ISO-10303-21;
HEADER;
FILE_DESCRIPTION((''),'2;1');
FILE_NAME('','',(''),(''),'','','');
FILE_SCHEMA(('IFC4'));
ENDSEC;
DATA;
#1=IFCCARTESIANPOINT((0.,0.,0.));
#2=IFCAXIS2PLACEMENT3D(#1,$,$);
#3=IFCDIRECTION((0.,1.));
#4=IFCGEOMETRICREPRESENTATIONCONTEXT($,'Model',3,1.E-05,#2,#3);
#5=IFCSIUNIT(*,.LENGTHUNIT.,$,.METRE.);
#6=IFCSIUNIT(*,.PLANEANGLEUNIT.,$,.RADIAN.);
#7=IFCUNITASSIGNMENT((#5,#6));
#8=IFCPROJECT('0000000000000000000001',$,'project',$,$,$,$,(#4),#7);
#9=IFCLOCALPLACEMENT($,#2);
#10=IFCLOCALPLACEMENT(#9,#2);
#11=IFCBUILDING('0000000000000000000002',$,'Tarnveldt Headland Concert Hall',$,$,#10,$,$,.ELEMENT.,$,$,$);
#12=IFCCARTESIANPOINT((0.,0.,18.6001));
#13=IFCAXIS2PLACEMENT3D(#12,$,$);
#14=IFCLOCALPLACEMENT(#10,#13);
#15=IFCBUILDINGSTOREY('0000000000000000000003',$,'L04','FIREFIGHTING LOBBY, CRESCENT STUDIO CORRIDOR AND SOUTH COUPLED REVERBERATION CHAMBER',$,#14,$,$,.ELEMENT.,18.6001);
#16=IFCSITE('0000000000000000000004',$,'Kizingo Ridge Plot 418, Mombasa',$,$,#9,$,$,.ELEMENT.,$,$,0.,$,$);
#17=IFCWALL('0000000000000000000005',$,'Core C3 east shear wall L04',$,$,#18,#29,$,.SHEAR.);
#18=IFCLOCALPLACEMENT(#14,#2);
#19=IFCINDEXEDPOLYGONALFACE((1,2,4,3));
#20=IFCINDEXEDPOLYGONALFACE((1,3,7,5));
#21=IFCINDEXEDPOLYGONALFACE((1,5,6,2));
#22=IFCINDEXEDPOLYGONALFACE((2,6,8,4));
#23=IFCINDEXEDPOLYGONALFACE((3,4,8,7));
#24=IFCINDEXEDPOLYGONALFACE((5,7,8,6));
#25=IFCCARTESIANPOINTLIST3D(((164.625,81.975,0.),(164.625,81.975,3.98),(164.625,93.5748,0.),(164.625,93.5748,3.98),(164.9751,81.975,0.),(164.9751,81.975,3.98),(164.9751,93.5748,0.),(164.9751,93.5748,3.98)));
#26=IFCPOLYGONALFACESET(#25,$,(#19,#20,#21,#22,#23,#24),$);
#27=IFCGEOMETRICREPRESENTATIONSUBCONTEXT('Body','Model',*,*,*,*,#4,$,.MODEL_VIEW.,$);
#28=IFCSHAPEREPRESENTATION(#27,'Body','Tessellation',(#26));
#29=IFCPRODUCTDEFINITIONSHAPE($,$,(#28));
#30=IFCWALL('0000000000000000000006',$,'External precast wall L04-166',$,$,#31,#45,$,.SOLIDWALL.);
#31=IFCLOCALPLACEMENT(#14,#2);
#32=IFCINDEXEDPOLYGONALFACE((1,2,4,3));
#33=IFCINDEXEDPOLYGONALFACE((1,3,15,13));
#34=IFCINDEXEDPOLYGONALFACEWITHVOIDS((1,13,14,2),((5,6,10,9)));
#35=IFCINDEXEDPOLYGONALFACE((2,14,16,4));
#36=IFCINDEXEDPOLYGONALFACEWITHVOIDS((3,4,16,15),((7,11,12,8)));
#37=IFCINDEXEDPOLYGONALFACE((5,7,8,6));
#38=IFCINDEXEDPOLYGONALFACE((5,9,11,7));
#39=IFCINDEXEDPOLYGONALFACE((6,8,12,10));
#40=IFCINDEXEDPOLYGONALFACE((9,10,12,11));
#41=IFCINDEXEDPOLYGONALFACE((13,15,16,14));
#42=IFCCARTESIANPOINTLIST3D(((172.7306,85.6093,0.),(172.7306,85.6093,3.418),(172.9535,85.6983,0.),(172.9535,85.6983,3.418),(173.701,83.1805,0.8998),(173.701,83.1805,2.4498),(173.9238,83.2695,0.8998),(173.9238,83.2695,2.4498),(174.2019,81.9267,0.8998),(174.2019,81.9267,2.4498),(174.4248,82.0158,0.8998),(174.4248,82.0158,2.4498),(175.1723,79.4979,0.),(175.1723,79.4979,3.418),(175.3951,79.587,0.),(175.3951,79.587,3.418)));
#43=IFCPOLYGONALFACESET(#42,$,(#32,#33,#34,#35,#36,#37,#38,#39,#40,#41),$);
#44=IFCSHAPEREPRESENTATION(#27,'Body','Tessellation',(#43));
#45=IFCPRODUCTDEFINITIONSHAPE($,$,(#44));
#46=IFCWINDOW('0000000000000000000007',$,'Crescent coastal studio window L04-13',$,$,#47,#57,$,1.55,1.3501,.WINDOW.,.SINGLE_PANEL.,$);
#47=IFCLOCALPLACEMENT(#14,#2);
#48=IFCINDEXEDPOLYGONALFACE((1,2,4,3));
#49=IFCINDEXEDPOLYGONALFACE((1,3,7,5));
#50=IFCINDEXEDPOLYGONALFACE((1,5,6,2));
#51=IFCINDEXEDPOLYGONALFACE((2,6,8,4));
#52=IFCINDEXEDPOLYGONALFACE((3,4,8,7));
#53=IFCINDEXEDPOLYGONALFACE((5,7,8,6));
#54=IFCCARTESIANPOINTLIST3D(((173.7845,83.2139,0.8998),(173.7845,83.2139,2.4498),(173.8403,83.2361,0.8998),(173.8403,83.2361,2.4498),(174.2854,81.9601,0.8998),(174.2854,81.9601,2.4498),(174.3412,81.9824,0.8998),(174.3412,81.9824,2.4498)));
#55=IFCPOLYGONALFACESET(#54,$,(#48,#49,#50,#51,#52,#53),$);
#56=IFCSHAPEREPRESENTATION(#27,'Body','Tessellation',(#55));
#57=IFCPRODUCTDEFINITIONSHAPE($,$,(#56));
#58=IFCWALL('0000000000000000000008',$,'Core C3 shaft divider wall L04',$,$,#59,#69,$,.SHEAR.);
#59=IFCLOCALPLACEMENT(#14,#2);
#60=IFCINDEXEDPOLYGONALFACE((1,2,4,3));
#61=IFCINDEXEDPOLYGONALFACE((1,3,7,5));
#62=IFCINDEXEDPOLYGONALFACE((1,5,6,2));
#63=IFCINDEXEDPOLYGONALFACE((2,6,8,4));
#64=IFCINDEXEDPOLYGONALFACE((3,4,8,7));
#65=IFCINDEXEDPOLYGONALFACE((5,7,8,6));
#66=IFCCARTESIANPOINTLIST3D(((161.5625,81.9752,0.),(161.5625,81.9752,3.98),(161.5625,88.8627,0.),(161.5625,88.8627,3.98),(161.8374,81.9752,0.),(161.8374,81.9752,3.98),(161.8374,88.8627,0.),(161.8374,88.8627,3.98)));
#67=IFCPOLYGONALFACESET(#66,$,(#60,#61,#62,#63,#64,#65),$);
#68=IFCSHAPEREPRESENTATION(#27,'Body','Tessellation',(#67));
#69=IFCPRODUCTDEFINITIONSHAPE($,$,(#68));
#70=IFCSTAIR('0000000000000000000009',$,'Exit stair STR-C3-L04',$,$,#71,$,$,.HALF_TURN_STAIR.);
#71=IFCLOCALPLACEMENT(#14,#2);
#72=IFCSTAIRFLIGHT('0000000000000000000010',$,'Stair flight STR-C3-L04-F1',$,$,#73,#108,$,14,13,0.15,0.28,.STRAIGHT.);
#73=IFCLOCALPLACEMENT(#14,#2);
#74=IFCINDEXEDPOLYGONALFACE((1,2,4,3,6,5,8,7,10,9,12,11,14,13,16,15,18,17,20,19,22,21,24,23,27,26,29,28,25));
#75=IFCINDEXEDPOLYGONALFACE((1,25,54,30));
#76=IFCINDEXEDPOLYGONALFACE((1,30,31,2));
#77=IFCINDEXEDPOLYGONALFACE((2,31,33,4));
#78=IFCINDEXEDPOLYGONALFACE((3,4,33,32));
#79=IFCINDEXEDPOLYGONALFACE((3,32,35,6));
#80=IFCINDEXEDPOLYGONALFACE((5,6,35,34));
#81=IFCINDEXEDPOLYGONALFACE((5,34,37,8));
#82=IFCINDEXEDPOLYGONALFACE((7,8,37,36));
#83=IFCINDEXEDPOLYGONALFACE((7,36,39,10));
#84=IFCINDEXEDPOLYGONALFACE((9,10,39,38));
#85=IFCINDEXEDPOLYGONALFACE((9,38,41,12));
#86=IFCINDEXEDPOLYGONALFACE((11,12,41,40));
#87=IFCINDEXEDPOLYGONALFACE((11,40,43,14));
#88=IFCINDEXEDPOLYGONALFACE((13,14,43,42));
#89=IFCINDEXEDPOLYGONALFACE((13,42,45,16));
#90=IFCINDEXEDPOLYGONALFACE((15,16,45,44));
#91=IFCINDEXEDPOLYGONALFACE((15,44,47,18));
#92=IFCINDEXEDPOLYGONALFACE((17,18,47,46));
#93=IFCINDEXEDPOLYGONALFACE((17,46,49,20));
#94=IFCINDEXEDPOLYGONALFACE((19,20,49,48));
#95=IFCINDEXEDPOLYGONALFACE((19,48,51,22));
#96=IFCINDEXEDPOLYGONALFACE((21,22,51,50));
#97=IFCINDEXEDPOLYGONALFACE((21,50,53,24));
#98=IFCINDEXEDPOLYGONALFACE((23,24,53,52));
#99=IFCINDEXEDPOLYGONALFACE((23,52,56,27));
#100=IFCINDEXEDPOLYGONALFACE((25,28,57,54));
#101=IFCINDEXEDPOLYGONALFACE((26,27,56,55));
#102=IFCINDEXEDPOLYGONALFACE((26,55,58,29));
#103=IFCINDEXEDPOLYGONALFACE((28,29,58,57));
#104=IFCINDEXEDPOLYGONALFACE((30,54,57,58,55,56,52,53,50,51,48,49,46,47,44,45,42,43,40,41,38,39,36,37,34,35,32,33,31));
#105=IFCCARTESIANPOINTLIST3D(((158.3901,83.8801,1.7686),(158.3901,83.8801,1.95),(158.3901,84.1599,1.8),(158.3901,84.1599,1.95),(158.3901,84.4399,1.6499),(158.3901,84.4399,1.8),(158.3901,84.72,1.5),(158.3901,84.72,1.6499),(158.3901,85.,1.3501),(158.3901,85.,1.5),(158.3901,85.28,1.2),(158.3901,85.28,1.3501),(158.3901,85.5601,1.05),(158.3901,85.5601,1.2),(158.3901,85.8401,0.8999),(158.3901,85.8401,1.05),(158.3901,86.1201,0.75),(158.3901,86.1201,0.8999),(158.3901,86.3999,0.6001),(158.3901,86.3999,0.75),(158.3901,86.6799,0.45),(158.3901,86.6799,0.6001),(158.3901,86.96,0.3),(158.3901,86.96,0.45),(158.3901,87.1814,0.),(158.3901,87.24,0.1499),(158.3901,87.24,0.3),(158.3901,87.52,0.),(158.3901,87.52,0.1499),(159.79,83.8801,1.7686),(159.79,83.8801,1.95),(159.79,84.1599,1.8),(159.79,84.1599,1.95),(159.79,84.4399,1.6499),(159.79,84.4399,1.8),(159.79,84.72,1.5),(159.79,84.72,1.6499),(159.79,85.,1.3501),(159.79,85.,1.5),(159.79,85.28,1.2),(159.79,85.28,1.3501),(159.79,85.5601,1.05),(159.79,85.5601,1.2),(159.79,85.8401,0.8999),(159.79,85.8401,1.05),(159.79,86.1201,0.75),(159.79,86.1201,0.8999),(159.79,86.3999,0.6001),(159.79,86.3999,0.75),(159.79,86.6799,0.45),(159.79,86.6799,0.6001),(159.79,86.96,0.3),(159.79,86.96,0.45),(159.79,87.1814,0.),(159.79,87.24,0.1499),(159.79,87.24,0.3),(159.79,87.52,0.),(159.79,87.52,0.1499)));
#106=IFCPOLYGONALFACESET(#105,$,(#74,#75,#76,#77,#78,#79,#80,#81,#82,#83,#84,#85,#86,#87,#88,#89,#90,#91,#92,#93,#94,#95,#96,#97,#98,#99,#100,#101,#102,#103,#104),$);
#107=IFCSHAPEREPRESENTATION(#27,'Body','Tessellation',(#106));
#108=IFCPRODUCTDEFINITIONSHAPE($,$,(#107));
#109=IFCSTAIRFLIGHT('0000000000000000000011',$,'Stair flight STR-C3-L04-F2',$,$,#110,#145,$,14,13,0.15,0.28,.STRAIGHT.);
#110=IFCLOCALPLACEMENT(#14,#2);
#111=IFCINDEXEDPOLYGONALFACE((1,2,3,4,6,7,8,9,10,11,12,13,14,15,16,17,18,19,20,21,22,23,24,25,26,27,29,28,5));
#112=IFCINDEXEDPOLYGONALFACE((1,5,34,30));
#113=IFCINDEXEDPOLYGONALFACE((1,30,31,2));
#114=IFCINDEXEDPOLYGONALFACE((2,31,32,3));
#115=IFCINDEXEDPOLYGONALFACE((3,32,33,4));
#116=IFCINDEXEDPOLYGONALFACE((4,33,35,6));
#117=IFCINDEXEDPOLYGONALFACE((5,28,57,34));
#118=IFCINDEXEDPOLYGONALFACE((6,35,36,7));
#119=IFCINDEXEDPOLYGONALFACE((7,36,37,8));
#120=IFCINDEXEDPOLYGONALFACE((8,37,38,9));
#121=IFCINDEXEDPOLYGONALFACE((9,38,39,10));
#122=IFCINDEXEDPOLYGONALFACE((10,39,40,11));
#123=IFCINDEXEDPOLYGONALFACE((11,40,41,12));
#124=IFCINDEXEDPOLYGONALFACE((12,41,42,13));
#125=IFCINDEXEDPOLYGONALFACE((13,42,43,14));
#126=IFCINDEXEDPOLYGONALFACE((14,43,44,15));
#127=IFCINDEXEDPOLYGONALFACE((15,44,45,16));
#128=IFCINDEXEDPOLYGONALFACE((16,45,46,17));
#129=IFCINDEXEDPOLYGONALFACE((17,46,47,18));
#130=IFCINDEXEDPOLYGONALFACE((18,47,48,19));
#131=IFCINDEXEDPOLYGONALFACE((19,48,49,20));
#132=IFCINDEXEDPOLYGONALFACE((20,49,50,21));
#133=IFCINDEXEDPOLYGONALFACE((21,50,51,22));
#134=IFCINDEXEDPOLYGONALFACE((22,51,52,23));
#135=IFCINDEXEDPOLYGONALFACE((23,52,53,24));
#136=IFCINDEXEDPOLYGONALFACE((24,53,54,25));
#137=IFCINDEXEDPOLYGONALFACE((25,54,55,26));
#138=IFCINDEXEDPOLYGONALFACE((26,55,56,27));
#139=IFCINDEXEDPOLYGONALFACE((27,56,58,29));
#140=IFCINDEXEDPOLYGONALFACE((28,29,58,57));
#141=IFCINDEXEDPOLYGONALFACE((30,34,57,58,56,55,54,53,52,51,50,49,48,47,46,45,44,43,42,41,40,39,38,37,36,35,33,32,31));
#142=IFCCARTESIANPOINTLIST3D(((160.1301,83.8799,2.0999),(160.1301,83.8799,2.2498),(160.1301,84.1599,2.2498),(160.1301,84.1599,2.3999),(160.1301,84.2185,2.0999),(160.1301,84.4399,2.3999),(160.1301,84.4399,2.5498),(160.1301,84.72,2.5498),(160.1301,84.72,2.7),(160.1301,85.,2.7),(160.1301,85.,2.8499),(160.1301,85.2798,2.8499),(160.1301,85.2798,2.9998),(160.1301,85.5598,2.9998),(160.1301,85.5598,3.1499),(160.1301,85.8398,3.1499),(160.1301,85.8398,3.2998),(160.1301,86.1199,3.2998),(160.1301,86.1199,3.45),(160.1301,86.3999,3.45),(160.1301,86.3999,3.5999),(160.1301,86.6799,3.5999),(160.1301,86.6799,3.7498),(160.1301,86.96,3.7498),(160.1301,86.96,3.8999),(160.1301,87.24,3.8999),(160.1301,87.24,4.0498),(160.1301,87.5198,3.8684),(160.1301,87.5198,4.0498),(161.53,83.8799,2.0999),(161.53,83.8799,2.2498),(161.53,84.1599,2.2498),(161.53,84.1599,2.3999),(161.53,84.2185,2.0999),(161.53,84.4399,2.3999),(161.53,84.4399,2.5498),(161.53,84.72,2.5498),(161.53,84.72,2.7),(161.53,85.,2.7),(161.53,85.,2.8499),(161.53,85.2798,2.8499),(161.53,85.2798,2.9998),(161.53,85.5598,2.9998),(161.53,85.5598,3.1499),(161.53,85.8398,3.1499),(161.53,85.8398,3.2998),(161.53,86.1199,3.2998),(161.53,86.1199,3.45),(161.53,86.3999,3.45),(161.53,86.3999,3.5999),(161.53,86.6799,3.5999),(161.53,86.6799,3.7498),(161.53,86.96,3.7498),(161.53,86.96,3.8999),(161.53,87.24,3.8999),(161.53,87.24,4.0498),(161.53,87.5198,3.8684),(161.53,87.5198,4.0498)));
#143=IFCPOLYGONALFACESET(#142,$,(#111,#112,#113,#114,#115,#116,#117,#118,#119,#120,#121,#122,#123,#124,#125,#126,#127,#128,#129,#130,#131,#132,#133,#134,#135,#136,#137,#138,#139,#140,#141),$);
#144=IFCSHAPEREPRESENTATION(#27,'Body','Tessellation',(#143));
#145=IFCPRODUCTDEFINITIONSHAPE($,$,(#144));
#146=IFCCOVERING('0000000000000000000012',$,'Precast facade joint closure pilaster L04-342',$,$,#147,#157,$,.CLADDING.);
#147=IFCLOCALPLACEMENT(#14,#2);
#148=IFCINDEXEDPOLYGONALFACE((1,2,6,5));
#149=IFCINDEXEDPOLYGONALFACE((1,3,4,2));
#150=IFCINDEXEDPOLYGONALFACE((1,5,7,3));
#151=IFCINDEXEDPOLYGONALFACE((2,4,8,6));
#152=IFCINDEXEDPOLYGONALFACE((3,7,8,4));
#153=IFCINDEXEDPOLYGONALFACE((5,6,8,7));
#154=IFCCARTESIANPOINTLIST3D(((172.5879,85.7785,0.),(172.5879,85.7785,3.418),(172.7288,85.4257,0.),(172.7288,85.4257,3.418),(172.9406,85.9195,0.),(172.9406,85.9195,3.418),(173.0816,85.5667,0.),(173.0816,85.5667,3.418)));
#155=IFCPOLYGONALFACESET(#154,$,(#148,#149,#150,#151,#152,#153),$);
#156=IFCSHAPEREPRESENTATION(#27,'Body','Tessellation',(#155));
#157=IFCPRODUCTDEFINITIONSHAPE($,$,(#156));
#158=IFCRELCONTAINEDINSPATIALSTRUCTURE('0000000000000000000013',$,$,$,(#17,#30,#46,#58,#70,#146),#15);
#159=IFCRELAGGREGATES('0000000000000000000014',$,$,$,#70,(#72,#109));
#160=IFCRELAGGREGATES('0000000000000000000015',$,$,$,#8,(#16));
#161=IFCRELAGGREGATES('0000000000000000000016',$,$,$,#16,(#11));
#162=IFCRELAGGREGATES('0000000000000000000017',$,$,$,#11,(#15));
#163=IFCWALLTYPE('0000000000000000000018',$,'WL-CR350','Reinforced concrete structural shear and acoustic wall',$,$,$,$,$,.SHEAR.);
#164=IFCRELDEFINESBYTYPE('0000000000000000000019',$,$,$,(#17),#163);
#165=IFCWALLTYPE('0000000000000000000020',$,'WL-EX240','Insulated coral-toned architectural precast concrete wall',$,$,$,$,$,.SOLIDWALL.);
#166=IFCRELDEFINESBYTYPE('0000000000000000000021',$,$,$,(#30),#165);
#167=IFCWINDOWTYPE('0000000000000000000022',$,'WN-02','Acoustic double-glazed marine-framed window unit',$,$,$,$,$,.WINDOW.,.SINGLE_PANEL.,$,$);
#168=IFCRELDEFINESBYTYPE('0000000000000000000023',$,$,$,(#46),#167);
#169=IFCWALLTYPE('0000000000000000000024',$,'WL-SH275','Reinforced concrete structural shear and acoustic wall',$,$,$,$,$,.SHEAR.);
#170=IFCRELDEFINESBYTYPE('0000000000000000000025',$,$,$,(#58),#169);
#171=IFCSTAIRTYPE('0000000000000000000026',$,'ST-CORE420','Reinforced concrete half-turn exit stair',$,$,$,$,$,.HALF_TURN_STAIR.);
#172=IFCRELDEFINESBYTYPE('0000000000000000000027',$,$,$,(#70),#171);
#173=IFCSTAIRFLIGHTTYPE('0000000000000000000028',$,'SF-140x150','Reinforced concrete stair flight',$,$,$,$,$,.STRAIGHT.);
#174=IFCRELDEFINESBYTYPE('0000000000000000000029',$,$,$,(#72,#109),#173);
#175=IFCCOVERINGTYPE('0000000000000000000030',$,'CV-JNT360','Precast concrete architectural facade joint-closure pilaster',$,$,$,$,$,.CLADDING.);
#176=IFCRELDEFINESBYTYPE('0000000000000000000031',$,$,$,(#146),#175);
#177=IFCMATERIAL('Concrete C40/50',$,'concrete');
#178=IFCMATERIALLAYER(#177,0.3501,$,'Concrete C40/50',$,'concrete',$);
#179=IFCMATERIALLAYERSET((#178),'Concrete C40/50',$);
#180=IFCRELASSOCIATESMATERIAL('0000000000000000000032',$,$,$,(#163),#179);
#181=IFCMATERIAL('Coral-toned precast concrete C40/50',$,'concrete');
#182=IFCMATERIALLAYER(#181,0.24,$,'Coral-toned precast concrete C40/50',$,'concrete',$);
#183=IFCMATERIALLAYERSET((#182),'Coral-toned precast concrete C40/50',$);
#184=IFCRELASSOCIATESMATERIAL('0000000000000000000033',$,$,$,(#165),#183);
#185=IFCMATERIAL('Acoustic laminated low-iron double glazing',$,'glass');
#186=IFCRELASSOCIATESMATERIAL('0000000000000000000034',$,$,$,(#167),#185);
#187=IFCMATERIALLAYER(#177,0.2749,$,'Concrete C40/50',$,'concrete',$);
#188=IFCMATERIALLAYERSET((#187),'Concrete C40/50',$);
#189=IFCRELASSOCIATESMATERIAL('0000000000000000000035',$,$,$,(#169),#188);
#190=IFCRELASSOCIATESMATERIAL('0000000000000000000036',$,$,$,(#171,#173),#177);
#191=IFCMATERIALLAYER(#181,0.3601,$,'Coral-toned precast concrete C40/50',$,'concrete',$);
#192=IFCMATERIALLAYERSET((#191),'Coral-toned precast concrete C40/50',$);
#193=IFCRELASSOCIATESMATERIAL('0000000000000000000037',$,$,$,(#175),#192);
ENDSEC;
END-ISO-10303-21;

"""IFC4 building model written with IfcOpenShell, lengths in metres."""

from ifc_helpers import new_model, si_unit, direction, frame, frame_2d, origin, origin_2d, place, context, subcontext, project, spatial, polyline, rectangle, outline, extrude, material, layer, layer_set, type_object, element, fill, aggregate, save


model = new_model("IFC4")

# Units and contexts
model_context = context("Model", 3, precision=1e-05, world=origin(), true_north=direction((0.0, 1.0)))
body_context = subcontext(model_context, "Body", "Model", "MODEL_VIEW")
ifc_project = project(units=[si_unit("LENGTHUNIT", "METRE"), si_unit("PLANEANGLEUNIT", "RADIAN")], contexts=[model_context])

# Site, building, storey
site_placement = place(None, origin())
site = spatial("IfcSite", under=ifc_project, at=site_placement, Name="Kizingo Ridge Plot 418, Mombasa", CompositionType="ELEMENT", RefElevation=0.0)
building_placement = place(site_placement, origin())
building = spatial("IfcBuilding", under=site, at=building_placement, Name="Tarnveldt Headland Concert Hall", CompositionType="ELEMENT")
storey_placement = place(building_placement, frame((0.0, 0.0, 18.6001)))
storey = spatial("IfcBuildingStorey", under=building, at=storey_placement, Name="L04", Description="FIREFIGHTING LOBBY, CRESCENT STUDIO CORRIDOR AND SOUTH COUPLED REVERBERATION CHAMBER", CompositionType="ELEMENT", Elevation=18.6001)

# Wall
ifc_material_1 = material(Name="Concrete C40/50", Category="concrete")
ifc_layer_1 = layer(ifc_material_1, 0.3501, Name="Concrete C40/50", Category="concrete")
ifc_layer_set_1 = layer_set([ifc_layer_1], Name="Concrete C40/50")
wall_type_1 = type_object("IfcWallType", Name="WL-CR350", Description="Reinforced concrete structural shear and acoustic wall", PredefinedType="SHEAR", material=ifc_layer_set_1)
wall_1_placement = place(storey_placement, frame((164.8, 81.9751, 0.0), z_axis=(0.0, 0.0, 1.0), x_axis=(0.0, 1.0, 0.0)))
element("IfcWall", 1, at=wall_1_placement, inside=storey, type_object=wall_type_1, Name="Core C3 east shear wall L04", PredefinedType="SHEAR", context=body_context, shape_type="SweptSolid", body=[
    extrude(rectangle(XDim=11.5999, YDim=0.3501, at=frame_2d((5.7998, 0.0))), origin(), (0.0, 0.0, 1.0), 3.98),
])

# Wall, opening, window
ifc_material_2 = material(Name="Coral-toned precast concrete C40/50", Category="concrete")
ifc_layer_2 = layer(ifc_material_2, 0.24, Name="Coral-toned precast concrete C40/50", Category="concrete")
ifc_layer_set_2 = layer_set([ifc_layer_2], Name="Coral-toned precast concrete C40/50")
wall_type_2 = type_object("IfcWallType", Name="WL-EX240", Description="Insulated coral-toned architectural precast concrete wall", PredefinedType="SOLIDWALL", material=ifc_layer_set_2)
wall_2_placement = place(storey_placement, frame((172.842, 85.6538, 0.0), z_axis=(0.0, 0.0, 1.0), x_axis=(0.371013, -0.928628, 0.0)))
wall_2 = element("IfcWall", 2, at=wall_2_placement, inside=storey, type_object=wall_type_2, Name="External precast wall L04-166", PredefinedType="SOLIDWALL", context=body_context, shape_type="SweptSolid", body=[
    extrude(rectangle(XDim=6.5811, YDim=0.24, at=frame_2d((3.2905, 0.0))), origin(), (0.0, 0.0, 1.0), 3.418),
])
opening_1_placement = place(wall_2_placement, frame((2.6155, 0.0, 0.8999)))
opening_1 = element("IfcOpeningElement", 3, at=opening_1_placement, cuts=wall_2, PredefinedType="OPENING", context=body_context, shape_type="SweptSolid", body=[
    extrude(rectangle(XDim=1.3501, YDim=1.55, at=frame_2d((0.675, 0.7749))), frame((0.0, 0.1299, 0.0), z_axis=(0.0, -1.0, 0.0), x_axis=(1.0, 0.0, 0.0)), (0.0, 0.0, 1.0), 0.26),
])
ifc_material_3 = material(Name="Acoustic laminated low-iron double glazing", Category="glass")
window_type = type_object("IfcWindowType", Name="WN-02", Description="Acoustic double-glazed marine-framed window unit", PartitioningType="SINGLE_PANEL", PredefinedType="WINDOW", material=ifc_material_3)
window_placement = place(opening_1_placement, origin())
window = element("IfcWindow", 4, at=window_placement, inside=storey, type_object=window_type, Name="Crescent coastal studio window L04-13", OverallHeight=1.55, OverallWidth=1.3501, PartitioningType="SINGLE_PANEL", PredefinedType="WINDOW", context=body_context, shape_type="SweptSolid", body=[
    extrude(rectangle(XDim=1.3501, YDim=1.55, at=frame_2d((0.675, 0.7749))), frame((0.0, 0.03, 0.0), z_axis=(0.0, -1.0, 0.0), x_axis=(1.0, 0.0, 0.0)), (0.0, 0.0, 1.0), 0.0601),
])
fill(opening_1, window)

# Wall
ifc_layer_3 = layer(ifc_material_1, 0.2749, Name="Concrete C40/50", Category="concrete")
ifc_layer_set_3 = layer_set([ifc_layer_3], Name="Concrete C40/50")
wall_type_3 = type_object("IfcWallType", Name="WL-SH275", Description="Reinforced concrete structural shear and acoustic wall", PredefinedType="SHEAR", material=ifc_layer_set_3)
wall_3_placement = place(storey_placement, frame((161.7, 81.9751, 0.0), z_axis=(0.0, 0.0, 1.0), x_axis=(0.0, 1.0, 0.0)))
element("IfcWall", 5, at=wall_3_placement, inside=storey, type_object=wall_type_3, Name="Core C3 shaft divider wall L04", PredefinedType="SHEAR", context=body_context, shape_type="SweptSolid", body=[
    extrude(rectangle(XDim=6.8875, YDim=0.2749, at=frame_2d((3.4438, 0.0))), origin(), (0.0, 0.0, 1.0), 3.98),
])

# Stair, stair flights
stair_type = type_object("IfcStairType", Name="ST-CORE420", Description="Reinforced concrete half-turn exit stair", PredefinedType="HALF_TURN_STAIR", material=ifc_material_1)
stair_placement = place(storey_placement, origin())
stair = element("IfcStair", 6, at=stair_placement, inside=storey, type_object=stair_type, Name="Exit stair STR-C3-L04", PredefinedType="HALF_TURN_STAIR")
stair_flight_type = type_object("IfcStairFlightType", Name="SF-140x150", Description="Reinforced concrete stair flight", PredefinedType="STRAIGHT", material=ifc_material_1)
stair_flight_1_placement = place(storey_placement, frame((159.0901, 87.52, 0.0), z_axis=(0.0, 0.0, 1.0), x_axis=(0.0, -1.0, 0.0)))
stair_flight_1 = element("IfcStairFlight", 7, at=stair_flight_1_placement, type_object=stair_flight_type, Name="Stair flight STR-C3-L04-F1", NumberOfRisers=14, NumberOfTreads=13, PredefinedType="STRAIGHT", RiserHeight=0.15, TreadLength=0.28, context=body_context, shape_type="SweptSolid", body=[
    extrude(outline(polyline([(0.0, 0.0), (0.0, 0.1499), (0.28, 0.1499), (0.28, 0.3), (0.5601, 0.3), (0.5601, 0.45), (0.8401, 0.45), (0.8401, 0.6001), (1.1201, 0.6001), (1.1201, 0.75), (1.3999, 0.75), (1.3999, 0.8999), (1.6799, 0.8999), (1.6799, 1.05), (1.96, 1.05), (1.96, 1.2), (2.24, 1.2), (2.24, 1.3501), (2.52, 1.3501), (2.52, 1.5), (2.8, 1.5), (2.8, 1.6499), (3.0801, 1.6499), (3.0801, 1.8), (3.3601, 1.8), (3.3601, 1.95), (3.6399, 1.95), (3.6399, 2.1001), (3.6399, 1.7686), (0.3386, 0.0), (0.0, 0.0)])), frame((0.0, 0.7, 0.0), z_axis=(0.0, -1.0, 0.0), x_axis=(1.0, 0.0, 0.0)), (0.0, 0.0, 1.0), 1.3999),
])
stair_flight_2_placement = place(storey_placement, frame((160.8301, 83.8799, 2.0999), z_axis=(0.0, 0.0, 1.0), x_axis=(0.0, 1.0, 0.0)))
stair_flight_2 = element("IfcStairFlight", 8, at=stair_flight_2_placement, type_object=stair_flight_type, Name="Stair flight STR-C3-L04-F2", NumberOfRisers=14, NumberOfTreads=13, PredefinedType="STRAIGHT", RiserHeight=0.15, TreadLength=0.28, context=body_context, shape_type="SweptSolid", body=[
    extrude(outline(polyline([(0.0, 0.0), (0.0, 0.1499), (0.28, 0.1499), (0.28, 0.3), (0.5601, 0.3), (0.5601, 0.45), (0.8401, 0.45), (0.8401, 0.6001), (1.1201, 0.6001), (1.1201, 0.75), (1.3999, 0.75), (1.3999, 0.8999), (1.6799, 0.8999), (1.6799, 1.05), (1.96, 1.05), (1.96, 1.2), (2.24, 1.2), (2.24, 1.3501), (2.52, 1.3501), (2.52, 1.5), (2.8, 1.5), (2.8, 1.6499), (3.0801, 1.6499), (3.0801, 1.8), (3.3601, 1.8), (3.3601, 1.95), (3.6399, 1.95), (3.6399, 2.1001), (3.6399, 1.7686), (0.3386, 0.0), (0.0, 0.0)])), frame((0.0, 0.7, 0.0), z_axis=(0.0, -1.0, 0.0), x_axis=(1.0, 0.0, 0.0)), (0.0, 0.0, 1.0), 1.3999),
])
aggregate(stair, [stair_flight_1, stair_flight_2])

# Covering
ifc_layer_4 = layer(ifc_material_2, 0.3601, Name="Coral-toned precast concrete C40/50", Category="concrete")
ifc_layer_set_4 = layer_set([ifc_layer_4], Name="Coral-toned precast concrete C40/50")
covering_type = type_object("IfcCoveringType", Name="CV-JNT360", Description="Precast concrete architectural facade joint-closure pilaster", PredefinedType="CLADDING", material=ifc_layer_set_4)
covering_placement = place(storey_placement, frame((172.8347, 85.6726, 0.0), z_axis=(0.0, 0.0, 1.0), x_axis=(0.371044, -0.928615, 0.0)))
element("IfcCovering", 9, at=covering_placement, inside=storey, type_object=covering_type, Name="Precast facade joint closure pilaster L04-342", PredefinedType="CLADDING", context=body_context, shape_type="SweptSolid", body=[
    extrude(rectangle(XDim=0.3799, YDim=0.3799, at=origin_2d()), origin(), (0.0, 0.0, 1.0), 3.418),
])

save(model, "model.ifc")
